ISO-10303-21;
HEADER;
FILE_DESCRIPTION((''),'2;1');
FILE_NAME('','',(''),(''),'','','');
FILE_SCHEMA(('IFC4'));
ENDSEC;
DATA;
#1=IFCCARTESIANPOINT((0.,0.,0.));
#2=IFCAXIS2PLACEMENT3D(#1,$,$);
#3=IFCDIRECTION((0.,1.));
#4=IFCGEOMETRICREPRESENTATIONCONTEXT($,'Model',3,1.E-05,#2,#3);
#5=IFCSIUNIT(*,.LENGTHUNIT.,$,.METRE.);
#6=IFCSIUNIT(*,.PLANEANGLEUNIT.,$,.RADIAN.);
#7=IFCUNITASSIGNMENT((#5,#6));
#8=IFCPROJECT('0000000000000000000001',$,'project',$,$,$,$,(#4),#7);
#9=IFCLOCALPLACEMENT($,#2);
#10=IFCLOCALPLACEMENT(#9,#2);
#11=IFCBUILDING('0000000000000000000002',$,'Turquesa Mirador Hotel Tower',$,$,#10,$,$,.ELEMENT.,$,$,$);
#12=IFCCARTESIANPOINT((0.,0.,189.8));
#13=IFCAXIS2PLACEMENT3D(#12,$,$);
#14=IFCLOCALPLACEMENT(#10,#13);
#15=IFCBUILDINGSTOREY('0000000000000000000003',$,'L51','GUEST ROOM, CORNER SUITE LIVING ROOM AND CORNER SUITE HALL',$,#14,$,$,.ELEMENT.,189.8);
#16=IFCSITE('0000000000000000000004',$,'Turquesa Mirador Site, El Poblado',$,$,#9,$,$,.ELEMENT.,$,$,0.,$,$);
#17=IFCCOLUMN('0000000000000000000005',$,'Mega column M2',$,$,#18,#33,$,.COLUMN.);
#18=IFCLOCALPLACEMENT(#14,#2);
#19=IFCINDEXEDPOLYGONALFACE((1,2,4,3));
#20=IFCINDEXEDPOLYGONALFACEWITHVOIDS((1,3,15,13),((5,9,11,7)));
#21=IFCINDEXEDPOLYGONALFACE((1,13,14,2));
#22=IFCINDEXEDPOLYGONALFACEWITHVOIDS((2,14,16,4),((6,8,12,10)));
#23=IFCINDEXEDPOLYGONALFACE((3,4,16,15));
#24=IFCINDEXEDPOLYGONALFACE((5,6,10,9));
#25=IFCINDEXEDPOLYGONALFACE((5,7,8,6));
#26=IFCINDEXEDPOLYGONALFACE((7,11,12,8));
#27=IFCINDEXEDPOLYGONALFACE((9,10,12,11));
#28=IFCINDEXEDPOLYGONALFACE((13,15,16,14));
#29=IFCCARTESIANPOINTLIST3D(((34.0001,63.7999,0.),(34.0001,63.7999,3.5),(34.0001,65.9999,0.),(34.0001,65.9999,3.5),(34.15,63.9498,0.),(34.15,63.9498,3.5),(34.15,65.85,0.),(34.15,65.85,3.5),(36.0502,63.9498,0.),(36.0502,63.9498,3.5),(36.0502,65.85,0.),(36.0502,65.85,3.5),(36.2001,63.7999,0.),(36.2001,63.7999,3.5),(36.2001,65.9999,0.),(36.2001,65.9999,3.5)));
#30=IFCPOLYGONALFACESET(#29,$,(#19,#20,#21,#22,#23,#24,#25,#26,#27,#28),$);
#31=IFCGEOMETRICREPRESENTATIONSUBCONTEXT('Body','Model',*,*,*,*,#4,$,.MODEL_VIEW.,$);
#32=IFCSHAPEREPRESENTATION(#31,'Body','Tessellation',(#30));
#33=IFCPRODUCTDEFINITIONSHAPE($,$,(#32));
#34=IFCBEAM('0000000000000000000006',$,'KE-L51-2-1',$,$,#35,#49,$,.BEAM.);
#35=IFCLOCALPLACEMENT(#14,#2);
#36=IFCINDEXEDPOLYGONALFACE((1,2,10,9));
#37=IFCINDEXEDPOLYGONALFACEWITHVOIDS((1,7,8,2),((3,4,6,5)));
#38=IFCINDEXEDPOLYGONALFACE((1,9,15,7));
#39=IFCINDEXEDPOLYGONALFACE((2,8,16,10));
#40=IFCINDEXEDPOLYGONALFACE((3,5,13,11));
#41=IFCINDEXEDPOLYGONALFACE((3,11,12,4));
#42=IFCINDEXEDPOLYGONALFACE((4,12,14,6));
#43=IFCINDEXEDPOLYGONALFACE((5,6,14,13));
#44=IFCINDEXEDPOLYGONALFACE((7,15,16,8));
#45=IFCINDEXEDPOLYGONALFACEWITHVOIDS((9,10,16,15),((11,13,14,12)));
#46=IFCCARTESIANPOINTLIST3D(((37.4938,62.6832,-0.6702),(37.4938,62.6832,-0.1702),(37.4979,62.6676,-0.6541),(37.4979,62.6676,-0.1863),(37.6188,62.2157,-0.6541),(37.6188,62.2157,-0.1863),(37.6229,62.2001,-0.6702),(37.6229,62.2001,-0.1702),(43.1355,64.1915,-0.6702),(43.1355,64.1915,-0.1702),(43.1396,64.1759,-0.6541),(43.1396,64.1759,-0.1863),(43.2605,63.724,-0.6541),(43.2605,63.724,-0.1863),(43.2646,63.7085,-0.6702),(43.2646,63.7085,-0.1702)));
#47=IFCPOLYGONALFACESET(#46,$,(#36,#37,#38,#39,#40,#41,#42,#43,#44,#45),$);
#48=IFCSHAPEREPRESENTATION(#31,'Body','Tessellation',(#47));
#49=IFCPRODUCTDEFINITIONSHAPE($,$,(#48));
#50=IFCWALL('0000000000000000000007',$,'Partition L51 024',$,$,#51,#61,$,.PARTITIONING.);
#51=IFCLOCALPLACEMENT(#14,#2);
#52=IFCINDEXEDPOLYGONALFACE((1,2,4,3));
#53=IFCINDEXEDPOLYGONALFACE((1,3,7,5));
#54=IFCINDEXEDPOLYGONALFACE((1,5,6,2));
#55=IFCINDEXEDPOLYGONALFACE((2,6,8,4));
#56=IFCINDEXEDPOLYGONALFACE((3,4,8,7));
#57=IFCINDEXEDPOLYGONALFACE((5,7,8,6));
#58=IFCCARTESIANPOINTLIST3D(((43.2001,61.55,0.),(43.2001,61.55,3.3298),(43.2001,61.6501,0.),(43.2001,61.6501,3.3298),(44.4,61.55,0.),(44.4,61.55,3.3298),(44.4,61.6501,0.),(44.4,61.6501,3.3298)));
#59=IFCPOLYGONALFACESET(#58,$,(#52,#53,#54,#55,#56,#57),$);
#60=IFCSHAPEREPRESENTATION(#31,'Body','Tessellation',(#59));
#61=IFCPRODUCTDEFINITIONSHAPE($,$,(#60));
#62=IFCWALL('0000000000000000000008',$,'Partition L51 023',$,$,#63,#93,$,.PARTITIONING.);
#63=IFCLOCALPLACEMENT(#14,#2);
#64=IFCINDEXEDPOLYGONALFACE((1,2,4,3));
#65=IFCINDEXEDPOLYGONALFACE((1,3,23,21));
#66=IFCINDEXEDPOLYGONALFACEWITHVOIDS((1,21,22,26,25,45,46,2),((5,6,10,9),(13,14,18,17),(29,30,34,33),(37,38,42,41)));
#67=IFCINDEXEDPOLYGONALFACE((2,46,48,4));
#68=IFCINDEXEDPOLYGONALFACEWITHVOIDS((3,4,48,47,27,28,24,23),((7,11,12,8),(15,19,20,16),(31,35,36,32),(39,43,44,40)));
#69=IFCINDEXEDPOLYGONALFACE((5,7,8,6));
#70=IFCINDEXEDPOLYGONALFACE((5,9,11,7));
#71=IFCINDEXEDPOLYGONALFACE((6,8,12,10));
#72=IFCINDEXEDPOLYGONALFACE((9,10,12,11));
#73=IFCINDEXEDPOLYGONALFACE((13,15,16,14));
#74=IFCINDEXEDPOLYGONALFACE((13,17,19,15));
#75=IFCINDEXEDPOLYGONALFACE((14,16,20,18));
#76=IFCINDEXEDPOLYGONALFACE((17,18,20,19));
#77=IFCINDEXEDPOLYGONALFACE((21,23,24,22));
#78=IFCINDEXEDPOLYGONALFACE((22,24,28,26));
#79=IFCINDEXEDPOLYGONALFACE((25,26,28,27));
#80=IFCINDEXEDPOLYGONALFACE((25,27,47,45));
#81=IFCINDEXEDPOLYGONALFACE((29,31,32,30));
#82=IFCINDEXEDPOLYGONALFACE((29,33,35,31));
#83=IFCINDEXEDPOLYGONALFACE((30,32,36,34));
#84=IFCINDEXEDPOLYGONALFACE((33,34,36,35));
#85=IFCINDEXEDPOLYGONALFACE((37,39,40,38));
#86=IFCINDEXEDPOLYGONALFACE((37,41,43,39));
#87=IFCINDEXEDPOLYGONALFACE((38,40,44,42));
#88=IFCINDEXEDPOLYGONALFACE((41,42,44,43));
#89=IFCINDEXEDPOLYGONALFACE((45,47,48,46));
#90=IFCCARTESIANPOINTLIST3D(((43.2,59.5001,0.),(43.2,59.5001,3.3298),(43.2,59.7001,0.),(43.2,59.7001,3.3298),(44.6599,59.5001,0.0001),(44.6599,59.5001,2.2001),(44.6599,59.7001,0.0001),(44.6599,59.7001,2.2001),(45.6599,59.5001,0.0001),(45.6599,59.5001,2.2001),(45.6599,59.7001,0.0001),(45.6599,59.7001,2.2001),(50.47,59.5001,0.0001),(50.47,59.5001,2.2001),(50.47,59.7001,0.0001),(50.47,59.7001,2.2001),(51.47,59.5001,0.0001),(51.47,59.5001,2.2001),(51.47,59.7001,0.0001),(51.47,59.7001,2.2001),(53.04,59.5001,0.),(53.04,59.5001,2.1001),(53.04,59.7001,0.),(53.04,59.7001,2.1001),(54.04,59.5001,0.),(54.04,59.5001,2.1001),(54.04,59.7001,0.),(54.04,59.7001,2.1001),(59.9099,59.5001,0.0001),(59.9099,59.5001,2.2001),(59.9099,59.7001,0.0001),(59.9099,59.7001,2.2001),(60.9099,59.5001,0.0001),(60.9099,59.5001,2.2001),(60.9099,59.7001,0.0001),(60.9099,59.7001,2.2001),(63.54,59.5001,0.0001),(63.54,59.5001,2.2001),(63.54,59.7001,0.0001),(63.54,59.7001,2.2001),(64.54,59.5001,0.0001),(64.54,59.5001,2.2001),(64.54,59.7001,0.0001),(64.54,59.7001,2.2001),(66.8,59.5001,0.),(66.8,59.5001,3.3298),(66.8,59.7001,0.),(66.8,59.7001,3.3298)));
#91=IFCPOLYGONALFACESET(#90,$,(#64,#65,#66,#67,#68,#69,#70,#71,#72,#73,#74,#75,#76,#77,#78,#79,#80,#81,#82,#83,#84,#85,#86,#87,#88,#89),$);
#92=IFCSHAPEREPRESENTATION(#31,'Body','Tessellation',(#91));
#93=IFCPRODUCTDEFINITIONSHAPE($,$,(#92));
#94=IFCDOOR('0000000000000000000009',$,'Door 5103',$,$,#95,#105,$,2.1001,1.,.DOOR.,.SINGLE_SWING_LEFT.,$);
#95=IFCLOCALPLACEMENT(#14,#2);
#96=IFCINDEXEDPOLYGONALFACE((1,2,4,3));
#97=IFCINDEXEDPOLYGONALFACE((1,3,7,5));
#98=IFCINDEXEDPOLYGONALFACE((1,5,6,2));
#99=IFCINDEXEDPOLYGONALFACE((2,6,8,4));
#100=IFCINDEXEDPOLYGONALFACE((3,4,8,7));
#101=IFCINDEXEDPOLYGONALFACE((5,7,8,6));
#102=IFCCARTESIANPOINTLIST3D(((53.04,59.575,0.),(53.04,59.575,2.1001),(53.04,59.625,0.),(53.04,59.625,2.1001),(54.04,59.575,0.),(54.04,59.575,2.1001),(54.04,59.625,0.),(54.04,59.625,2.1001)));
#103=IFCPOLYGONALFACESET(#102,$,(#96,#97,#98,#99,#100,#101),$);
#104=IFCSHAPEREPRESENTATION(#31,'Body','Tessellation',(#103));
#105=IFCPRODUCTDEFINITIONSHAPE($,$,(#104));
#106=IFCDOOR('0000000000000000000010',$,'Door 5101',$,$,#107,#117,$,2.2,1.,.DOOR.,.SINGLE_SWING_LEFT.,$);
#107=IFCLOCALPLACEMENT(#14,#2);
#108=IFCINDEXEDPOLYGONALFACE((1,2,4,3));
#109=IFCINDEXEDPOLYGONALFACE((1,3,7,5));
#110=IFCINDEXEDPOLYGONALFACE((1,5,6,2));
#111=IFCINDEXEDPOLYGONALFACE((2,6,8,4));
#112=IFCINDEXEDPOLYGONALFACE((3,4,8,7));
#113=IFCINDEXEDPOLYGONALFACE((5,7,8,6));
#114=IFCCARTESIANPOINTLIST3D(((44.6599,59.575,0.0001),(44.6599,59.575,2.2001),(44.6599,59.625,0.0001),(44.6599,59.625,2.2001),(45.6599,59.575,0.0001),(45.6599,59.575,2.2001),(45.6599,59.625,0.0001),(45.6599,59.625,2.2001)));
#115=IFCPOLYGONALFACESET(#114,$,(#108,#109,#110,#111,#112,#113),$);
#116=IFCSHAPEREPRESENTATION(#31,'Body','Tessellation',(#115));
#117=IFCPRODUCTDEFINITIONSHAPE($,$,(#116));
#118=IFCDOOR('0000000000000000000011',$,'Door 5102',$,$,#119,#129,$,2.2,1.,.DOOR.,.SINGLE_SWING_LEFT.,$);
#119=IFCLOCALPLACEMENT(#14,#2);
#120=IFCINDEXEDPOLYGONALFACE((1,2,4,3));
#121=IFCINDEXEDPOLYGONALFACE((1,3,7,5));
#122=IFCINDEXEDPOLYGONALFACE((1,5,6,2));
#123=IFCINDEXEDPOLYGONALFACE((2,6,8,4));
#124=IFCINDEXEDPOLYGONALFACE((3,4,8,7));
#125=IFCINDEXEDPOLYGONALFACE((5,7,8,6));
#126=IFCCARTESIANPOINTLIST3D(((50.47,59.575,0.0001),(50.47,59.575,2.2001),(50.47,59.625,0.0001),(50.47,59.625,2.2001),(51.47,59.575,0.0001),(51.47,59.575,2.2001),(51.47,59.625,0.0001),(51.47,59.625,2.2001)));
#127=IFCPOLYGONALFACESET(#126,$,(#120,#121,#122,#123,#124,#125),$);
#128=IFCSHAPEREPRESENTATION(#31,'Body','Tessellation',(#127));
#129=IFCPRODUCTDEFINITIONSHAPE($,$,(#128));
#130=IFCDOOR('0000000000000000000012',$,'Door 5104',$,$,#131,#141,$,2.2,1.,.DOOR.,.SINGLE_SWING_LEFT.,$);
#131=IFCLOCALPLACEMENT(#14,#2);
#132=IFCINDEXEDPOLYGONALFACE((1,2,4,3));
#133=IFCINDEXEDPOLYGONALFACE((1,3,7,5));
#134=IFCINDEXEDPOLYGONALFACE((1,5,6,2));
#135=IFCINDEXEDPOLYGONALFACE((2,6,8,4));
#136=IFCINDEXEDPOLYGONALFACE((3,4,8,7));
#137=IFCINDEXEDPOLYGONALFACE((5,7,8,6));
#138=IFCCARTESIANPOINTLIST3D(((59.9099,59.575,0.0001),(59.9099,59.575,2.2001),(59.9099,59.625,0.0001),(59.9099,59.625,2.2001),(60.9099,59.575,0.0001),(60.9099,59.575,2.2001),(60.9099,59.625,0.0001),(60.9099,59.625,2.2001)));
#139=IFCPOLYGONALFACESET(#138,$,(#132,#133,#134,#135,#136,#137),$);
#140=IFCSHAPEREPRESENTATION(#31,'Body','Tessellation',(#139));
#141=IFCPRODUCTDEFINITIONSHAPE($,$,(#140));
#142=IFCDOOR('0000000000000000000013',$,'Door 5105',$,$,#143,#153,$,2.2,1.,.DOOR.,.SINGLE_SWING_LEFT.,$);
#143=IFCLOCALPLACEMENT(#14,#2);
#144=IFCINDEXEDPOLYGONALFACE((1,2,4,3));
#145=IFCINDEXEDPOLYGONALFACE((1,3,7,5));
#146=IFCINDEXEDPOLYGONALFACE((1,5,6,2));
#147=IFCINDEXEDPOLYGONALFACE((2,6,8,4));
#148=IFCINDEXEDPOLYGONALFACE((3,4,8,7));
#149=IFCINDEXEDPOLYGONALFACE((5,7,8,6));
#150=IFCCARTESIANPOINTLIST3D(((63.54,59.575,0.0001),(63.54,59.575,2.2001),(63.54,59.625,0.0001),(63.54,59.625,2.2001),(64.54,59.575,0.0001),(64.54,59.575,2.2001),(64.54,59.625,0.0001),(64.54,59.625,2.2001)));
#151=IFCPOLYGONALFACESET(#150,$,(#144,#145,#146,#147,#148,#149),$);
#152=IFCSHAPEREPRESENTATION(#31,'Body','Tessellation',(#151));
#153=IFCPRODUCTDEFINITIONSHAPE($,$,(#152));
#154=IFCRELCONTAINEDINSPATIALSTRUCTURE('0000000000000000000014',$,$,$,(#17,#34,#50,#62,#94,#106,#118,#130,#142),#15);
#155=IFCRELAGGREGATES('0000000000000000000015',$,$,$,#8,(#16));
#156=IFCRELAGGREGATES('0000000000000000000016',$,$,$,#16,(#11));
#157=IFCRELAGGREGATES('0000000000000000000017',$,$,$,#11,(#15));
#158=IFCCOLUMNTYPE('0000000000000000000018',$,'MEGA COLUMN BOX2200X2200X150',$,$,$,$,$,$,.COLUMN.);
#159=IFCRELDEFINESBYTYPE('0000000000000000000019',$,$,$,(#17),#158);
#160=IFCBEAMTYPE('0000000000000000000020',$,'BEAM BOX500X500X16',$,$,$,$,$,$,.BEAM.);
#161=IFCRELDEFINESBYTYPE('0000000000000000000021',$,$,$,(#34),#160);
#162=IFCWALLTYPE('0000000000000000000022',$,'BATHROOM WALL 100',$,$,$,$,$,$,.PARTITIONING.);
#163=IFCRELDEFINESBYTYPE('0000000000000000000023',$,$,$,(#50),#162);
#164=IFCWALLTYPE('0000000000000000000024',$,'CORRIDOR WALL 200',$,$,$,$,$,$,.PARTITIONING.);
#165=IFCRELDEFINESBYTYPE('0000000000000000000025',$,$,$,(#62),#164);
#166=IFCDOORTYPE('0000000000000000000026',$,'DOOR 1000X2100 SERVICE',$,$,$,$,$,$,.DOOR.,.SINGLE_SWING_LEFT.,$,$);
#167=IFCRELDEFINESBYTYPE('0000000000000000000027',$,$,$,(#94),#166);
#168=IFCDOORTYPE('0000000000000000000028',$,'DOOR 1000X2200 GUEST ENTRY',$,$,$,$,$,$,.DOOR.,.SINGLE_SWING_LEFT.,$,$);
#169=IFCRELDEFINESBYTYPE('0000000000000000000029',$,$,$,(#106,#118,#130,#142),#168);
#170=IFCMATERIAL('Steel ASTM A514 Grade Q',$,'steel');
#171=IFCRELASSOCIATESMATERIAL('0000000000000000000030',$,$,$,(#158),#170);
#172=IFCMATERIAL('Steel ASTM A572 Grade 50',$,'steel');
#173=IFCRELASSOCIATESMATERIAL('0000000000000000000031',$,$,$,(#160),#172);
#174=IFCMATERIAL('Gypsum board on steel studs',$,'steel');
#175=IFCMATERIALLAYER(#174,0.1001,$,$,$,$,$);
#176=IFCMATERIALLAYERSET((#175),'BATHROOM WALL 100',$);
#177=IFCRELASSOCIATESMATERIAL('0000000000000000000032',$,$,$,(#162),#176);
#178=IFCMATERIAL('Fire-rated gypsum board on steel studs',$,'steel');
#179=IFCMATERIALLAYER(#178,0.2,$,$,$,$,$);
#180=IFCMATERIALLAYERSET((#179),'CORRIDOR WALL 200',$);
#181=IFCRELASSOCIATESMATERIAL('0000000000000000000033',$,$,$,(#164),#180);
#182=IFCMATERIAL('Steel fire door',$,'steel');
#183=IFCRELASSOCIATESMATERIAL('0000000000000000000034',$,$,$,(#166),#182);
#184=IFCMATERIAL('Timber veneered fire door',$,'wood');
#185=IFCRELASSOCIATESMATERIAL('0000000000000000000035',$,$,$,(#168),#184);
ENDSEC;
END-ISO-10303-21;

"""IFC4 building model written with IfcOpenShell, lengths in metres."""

from ifc_helpers import new_model, si_unit, direction, frame, frame_2d, origin, origin_2d, place, context, subcontext, project, spatial, rectangle, hollow_rectangle, extrude, material, layer, layer_set, material_profile, profile_set, type_object, element, fill, save


model = new_model("IFC4")

# Units and contexts
model_context = context("Model", 3, precision=1e-05, world=origin(), true_north=direction((0.0, 1.0)))
body_context = subcontext(model_context, "Body", "Model", "MODEL_VIEW")
ifc_project = project(units=[si_unit("LENGTHUNIT", "METRE"), si_unit("PLANEANGLEUNIT", "RADIAN")], contexts=[model_context])

# Site, building, storey
site_placement = place(None, origin())
site = spatial("IfcSite", under=ifc_project, at=site_placement, Name="Turquesa Mirador Site, El Poblado", CompositionType="ELEMENT", RefElevation=0.0)
building_placement = place(site_placement, origin())
building = spatial("IfcBuilding", under=site, at=building_placement, Name="Turquesa Mirador Hotel Tower", CompositionType="ELEMENT")
storey_placement = place(building_placement, frame((0.0, 0.0, 189.8)))
storey = spatial("IfcBuildingStorey", under=building, at=storey_placement, Name="L51", Description="GUEST ROOM, CORNER SUITE LIVING ROOM AND CORNER SUITE HALL", CompositionType="ELEMENT", Elevation=189.8)

# Column
ifc_material_1 = material(Name="Steel ASTM A514 Grade Q", Category="steel")
ifc_material_profile_1 = material_profile(ifc_material_1, hollow_rectangle(XDim=2.2, YDim=2.2, WallThickness=0.1499, at=origin_2d()), Name="BOX2200X2200X150")
ifc_profile_set_1 = profile_set([ifc_material_profile_1], Name="Steel ASTM A514 Grade Q")
column_type = type_object("IfcColumnType", Name="MEGA COLUMN BOX2200X2200X150", PredefinedType="COLUMN", material=ifc_profile_set_1)
column_placement = place(storey_placement, frame((35.1001, 64.8999, 0.0), z_axis=(0.0, 0.0, 1.0), x_axis=(1.0, 0.0, 0.0)))
element("IfcColumn", 1, at=column_placement, inside=storey, type_object=column_type, Name="Mega column M2", PredefinedType="COLUMN", context=body_context, shape_type="SweptSolid", body=[
    extrude(hollow_rectangle(XDim=2.2, YDim=2.2, WallThickness=0.1499, at=origin_2d()), origin(), (0.0, 0.0, 1.0), 3.5),
])

# Beam
ifc_material_2 = material(Name="Steel ASTM A572 Grade 50", Category="steel")
ifc_material_profile_2 = material_profile(ifc_material_2, hollow_rectangle(XDim=0.5, YDim=0.5, WallThickness=0.0161, at=origin_2d()), Name="BOX500X500X16")
ifc_profile_set_2 = profile_set([ifc_material_profile_2], Name="Steel ASTM A572 Grade 50")
beam_type = type_object("IfcBeamType", Name="BEAM BOX500X500X16", PredefinedType="BEAM", material=ifc_profile_set_2)
beam_placement = place(storey_placement, frame((37.5583, 62.4417, -0.4202), z_axis=(0.96607, 0.258282, 0.0), x_axis=(-0.258282, 0.96607, 0.0)))
element("IfcBeam", 2, at=beam_placement, inside=storey, type_object=beam_type, Name="KE-L51-2-1", PredefinedType="BEAM", context=body_context, shape_type="SweptSolid", body=[
    extrude(hollow_rectangle(XDim=0.5, YDim=0.5, WallThickness=0.0161, at=origin_2d()), origin(), (0.0, 0.0, 1.0), 5.8398),
])

# Wall
ifc_material_3 = material(Name="Gypsum board on steel studs", Category="steel")
ifc_layer_1 = layer(ifc_material_3, 0.1001)
ifc_layer_set_1 = layer_set([ifc_layer_1], Name="BATHROOM WALL 100")
wall_type_1 = type_object("IfcWallType", Name="BATHROOM WALL 100", PredefinedType="PARTITIONING", material=ifc_layer_set_1)
wall_1_placement = place(storey_placement, frame((43.2, 61.6001, 0.0), z_axis=(0.0, 0.0, 1.0), x_axis=(1.0, 0.0, 0.0)))
element("IfcWall", 3, at=wall_1_placement, inside=storey, type_object=wall_type_1, Name="Partition L51 024", PredefinedType="PARTITIONING", context=body_context, shape_type="SweptSolid", body=[
    extrude(rectangle(XDim=1.2, YDim=0.1001, at=frame_2d((0.6001, 0.0))), origin(), (0.0, 0.0, 1.0), 3.3298),
])

# Wall, openings, doors
ifc_material_4 = material(Name="Fire-rated gypsum board on steel studs", Category="steel")
ifc_layer_2 = layer(ifc_material_4, 0.2)
ifc_layer_set_2 = layer_set([ifc_layer_2], Name="CORRIDOR WALL 200")
wall_type_2 = type_object("IfcWallType", Name="CORRIDOR WALL 200", PredefinedType="PARTITIONING", material=ifc_layer_set_2)
wall_2_placement = place(storey_placement, frame((43.2, 59.6001, 0.0), z_axis=(0.0, 0.0, 1.0), x_axis=(1.0, 0.0, 0.0)))
wall_2 = element("IfcWall", 4, at=wall_2_placement, inside=storey, type_object=wall_type_2, Name="Partition L51 023", PredefinedType="PARTITIONING", context=body_context, shape_type="SweptSolid", body=[
    extrude(rectangle(XDim=23.6001, YDim=0.2, at=frame_2d((11.8, 0.0))), origin(), (0.0, 0.0, 1.0), 3.3298),
])
opening_1_placement = place(wall_2_placement, frame((1.46, 0.0, 0.0)))
opening_1 = element("IfcOpeningElement", 5, at=opening_1_placement, cuts=wall_2, PredefinedType="OPENING", context=body_context, shape_type="SweptSolid", body=[
    extrude(rectangle(XDim=1.0, YDim=2.2, at=frame_2d((0.5, 1.1001))), frame((0.0, 0.1099, 0.0), z_axis=(0.0, -1.0, 0.0), x_axis=(1.0, 0.0, 0.0)), (0.0, 0.0, 1.0), 0.22),
])
opening_2_placement = place(wall_2_placement, frame((7.27, 0.0, 0.0)))
opening_2 = element("IfcOpeningElement", 6, at=opening_2_placement, cuts=wall_2, PredefinedType="OPENING", context=body_context, shape_type="SweptSolid", body=[
    extrude(rectangle(XDim=1.0, YDim=2.2, at=frame_2d((0.5, 1.1001))), frame((0.0, 0.1099, 0.0), z_axis=(0.0, -1.0, 0.0), x_axis=(1.0, 0.0, 0.0)), (0.0, 0.0, 1.0), 0.22),
])
opening_3_placement = place(wall_2_placement, frame((9.8401, 0.0, 0.0)))
opening_3 = element("IfcOpeningElement", 7, at=opening_3_placement, cuts=wall_2, PredefinedType="OPENING", context=body_context, shape_type="SweptSolid", body=[
    extrude(rectangle(XDim=1.0, YDim=2.1001, at=frame_2d((0.5, 1.05))), frame((0.0, 0.1099, 0.0), z_axis=(0.0, -1.0, 0.0), x_axis=(1.0, 0.0, 0.0)), (0.0, 0.0, 1.0), 0.22),
])
opening_4_placement = place(wall_2_placement, frame((16.71, 0.0, 0.0)))
opening_4 = element("IfcOpeningElement", 8, at=opening_4_placement, cuts=wall_2, PredefinedType="OPENING", context=body_context, shape_type="SweptSolid", body=[
    extrude(rectangle(XDim=1.0, YDim=2.2, at=frame_2d((0.5, 1.1001))), frame((0.0, 0.1099, 0.0), z_axis=(0.0, -1.0, 0.0), x_axis=(1.0, 0.0, 0.0)), (0.0, 0.0, 1.0), 0.22),
])
opening_5_placement = place(wall_2_placement, frame((20.3401, 0.0, 0.0)))
opening_5 = element("IfcOpeningElement", 9, at=opening_5_placement, cuts=wall_2, PredefinedType="OPENING", context=body_context, shape_type="SweptSolid", body=[
    extrude(rectangle(XDim=1.0, YDim=2.2, at=frame_2d((0.5, 1.1001))), frame((0.0, 0.1099, 0.0), z_axis=(0.0, -1.0, 0.0), x_axis=(1.0, 0.0, 0.0)), (0.0, 0.0, 1.0), 0.22),
])
ifc_material_5 = material(Name="Steel fire door", Category="steel")
door_type_1 = type_object("IfcDoorType", Name="DOOR 1000X2100 SERVICE", OperationType="SINGLE_SWING_LEFT", PredefinedType="DOOR", material=ifc_material_5)
door_1_placement = place(opening_3_placement, origin())
door_1 = element("IfcDoor", 10, at=door_1_placement, inside=storey, type_object=door_type_1, Name="Door 5103", OperationType="SINGLE_SWING_LEFT", OverallHeight=2.1001, OverallWidth=1.0, PredefinedType="DOOR", context=body_context, shape_type="SweptSolid", body=[
    extrude(rectangle(XDim=1.0, YDim=2.1001, at=frame_2d((0.5, 1.05))), frame((0.0, 0.0249, 0.0), z_axis=(0.0, -1.0, 0.0), x_axis=(1.0, 0.0, 0.0)), (0.0, 0.0, 1.0), 0.05),
])
fill(opening_3, door_1)
ifc_material_6 = material(Name="Timber veneered fire door", Category="wood")
door_type_2 = type_object("IfcDoorType", Name="DOOR 1000X2200 GUEST ENTRY", OperationType="SINGLE_SWING_LEFT", PredefinedType="DOOR", material=ifc_material_6)
door_2_placement = place(opening_1_placement, origin())
door_2 = element("IfcDoor", 11, at=door_2_placement, inside=storey, type_object=door_type_2, Name="Door 5101", OperationType="SINGLE_SWING_LEFT", OverallHeight=2.2, OverallWidth=1.0, PredefinedType="DOOR", context=body_context, shape_type="SweptSolid", body=[
    extrude(rectangle(XDim=1.0, YDim=2.2, at=frame_2d((0.5, 1.1001))), frame((0.0, 0.0249, 0.0), z_axis=(0.0, -1.0, 0.0), x_axis=(1.0, 0.0, 0.0)), (0.0, 0.0, 1.0), 0.05),
])
fill(opening_1, door_2)
door_3_placement = place(opening_2_placement, origin())
door_3 = element("IfcDoor", 12, at=door_3_placement, inside=storey, type_object=door_type_2, Name="Door 5102", OperationType="SINGLE_SWING_LEFT", OverallHeight=2.2, OverallWidth=1.0, PredefinedType="DOOR", context=body_context, shape_type="SweptSolid", body=[
    extrude(rectangle(XDim=1.0, YDim=2.2, at=frame_2d((0.5, 1.1001))), frame((0.0, 0.0249, 0.0), z_axis=(0.0, -1.0, 0.0), x_axis=(1.0, 0.0, 0.0)), (0.0, 0.0, 1.0), 0.05),
])
fill(opening_2, door_3)
door_4_placement = place(opening_4_placement, origin())
door_4 = element("IfcDoor", 13, at=door_4_placement, inside=storey, type_object=door_type_2, Name="Door 5104", OperationType="SINGLE_SWING_LEFT", OverallHeight=2.2, OverallWidth=1.0, PredefinedType="DOOR", context=body_context, shape_type="SweptSolid", body=[
    extrude(rectangle(XDim=1.0, YDim=2.2, at=frame_2d((0.5, 1.1001))), frame((0.0, 0.0249, 0.0), z_axis=(0.0, -1.0, 0.0), x_axis=(1.0, 0.0, 0.0)), (0.0, 0.0, 1.0), 0.05),
])
fill(opening_4, door_4)
door_5_placement = place(opening_5_placement, origin())
door_5 = element("IfcDoor", 14, at=door_5_placement, inside=storey, type_object=door_type_2, Name="Door 5105", OperationType="SINGLE_SWING_LEFT", OverallHeight=2.2, OverallWidth=1.0, PredefinedType="DOOR", context=body_context, shape_type="SweptSolid", body=[
    extrude(rectangle(XDim=1.0, YDim=2.2, at=frame_2d((0.5, 1.1001))), frame((0.0, 0.0249, 0.0), z_axis=(0.0, -1.0, 0.0), x_axis=(1.0, 0.0, 0.0)), (0.0, 0.0, 1.0), 0.05),
])
fill(opening_5, door_5)

save(model, "model.ifc")
